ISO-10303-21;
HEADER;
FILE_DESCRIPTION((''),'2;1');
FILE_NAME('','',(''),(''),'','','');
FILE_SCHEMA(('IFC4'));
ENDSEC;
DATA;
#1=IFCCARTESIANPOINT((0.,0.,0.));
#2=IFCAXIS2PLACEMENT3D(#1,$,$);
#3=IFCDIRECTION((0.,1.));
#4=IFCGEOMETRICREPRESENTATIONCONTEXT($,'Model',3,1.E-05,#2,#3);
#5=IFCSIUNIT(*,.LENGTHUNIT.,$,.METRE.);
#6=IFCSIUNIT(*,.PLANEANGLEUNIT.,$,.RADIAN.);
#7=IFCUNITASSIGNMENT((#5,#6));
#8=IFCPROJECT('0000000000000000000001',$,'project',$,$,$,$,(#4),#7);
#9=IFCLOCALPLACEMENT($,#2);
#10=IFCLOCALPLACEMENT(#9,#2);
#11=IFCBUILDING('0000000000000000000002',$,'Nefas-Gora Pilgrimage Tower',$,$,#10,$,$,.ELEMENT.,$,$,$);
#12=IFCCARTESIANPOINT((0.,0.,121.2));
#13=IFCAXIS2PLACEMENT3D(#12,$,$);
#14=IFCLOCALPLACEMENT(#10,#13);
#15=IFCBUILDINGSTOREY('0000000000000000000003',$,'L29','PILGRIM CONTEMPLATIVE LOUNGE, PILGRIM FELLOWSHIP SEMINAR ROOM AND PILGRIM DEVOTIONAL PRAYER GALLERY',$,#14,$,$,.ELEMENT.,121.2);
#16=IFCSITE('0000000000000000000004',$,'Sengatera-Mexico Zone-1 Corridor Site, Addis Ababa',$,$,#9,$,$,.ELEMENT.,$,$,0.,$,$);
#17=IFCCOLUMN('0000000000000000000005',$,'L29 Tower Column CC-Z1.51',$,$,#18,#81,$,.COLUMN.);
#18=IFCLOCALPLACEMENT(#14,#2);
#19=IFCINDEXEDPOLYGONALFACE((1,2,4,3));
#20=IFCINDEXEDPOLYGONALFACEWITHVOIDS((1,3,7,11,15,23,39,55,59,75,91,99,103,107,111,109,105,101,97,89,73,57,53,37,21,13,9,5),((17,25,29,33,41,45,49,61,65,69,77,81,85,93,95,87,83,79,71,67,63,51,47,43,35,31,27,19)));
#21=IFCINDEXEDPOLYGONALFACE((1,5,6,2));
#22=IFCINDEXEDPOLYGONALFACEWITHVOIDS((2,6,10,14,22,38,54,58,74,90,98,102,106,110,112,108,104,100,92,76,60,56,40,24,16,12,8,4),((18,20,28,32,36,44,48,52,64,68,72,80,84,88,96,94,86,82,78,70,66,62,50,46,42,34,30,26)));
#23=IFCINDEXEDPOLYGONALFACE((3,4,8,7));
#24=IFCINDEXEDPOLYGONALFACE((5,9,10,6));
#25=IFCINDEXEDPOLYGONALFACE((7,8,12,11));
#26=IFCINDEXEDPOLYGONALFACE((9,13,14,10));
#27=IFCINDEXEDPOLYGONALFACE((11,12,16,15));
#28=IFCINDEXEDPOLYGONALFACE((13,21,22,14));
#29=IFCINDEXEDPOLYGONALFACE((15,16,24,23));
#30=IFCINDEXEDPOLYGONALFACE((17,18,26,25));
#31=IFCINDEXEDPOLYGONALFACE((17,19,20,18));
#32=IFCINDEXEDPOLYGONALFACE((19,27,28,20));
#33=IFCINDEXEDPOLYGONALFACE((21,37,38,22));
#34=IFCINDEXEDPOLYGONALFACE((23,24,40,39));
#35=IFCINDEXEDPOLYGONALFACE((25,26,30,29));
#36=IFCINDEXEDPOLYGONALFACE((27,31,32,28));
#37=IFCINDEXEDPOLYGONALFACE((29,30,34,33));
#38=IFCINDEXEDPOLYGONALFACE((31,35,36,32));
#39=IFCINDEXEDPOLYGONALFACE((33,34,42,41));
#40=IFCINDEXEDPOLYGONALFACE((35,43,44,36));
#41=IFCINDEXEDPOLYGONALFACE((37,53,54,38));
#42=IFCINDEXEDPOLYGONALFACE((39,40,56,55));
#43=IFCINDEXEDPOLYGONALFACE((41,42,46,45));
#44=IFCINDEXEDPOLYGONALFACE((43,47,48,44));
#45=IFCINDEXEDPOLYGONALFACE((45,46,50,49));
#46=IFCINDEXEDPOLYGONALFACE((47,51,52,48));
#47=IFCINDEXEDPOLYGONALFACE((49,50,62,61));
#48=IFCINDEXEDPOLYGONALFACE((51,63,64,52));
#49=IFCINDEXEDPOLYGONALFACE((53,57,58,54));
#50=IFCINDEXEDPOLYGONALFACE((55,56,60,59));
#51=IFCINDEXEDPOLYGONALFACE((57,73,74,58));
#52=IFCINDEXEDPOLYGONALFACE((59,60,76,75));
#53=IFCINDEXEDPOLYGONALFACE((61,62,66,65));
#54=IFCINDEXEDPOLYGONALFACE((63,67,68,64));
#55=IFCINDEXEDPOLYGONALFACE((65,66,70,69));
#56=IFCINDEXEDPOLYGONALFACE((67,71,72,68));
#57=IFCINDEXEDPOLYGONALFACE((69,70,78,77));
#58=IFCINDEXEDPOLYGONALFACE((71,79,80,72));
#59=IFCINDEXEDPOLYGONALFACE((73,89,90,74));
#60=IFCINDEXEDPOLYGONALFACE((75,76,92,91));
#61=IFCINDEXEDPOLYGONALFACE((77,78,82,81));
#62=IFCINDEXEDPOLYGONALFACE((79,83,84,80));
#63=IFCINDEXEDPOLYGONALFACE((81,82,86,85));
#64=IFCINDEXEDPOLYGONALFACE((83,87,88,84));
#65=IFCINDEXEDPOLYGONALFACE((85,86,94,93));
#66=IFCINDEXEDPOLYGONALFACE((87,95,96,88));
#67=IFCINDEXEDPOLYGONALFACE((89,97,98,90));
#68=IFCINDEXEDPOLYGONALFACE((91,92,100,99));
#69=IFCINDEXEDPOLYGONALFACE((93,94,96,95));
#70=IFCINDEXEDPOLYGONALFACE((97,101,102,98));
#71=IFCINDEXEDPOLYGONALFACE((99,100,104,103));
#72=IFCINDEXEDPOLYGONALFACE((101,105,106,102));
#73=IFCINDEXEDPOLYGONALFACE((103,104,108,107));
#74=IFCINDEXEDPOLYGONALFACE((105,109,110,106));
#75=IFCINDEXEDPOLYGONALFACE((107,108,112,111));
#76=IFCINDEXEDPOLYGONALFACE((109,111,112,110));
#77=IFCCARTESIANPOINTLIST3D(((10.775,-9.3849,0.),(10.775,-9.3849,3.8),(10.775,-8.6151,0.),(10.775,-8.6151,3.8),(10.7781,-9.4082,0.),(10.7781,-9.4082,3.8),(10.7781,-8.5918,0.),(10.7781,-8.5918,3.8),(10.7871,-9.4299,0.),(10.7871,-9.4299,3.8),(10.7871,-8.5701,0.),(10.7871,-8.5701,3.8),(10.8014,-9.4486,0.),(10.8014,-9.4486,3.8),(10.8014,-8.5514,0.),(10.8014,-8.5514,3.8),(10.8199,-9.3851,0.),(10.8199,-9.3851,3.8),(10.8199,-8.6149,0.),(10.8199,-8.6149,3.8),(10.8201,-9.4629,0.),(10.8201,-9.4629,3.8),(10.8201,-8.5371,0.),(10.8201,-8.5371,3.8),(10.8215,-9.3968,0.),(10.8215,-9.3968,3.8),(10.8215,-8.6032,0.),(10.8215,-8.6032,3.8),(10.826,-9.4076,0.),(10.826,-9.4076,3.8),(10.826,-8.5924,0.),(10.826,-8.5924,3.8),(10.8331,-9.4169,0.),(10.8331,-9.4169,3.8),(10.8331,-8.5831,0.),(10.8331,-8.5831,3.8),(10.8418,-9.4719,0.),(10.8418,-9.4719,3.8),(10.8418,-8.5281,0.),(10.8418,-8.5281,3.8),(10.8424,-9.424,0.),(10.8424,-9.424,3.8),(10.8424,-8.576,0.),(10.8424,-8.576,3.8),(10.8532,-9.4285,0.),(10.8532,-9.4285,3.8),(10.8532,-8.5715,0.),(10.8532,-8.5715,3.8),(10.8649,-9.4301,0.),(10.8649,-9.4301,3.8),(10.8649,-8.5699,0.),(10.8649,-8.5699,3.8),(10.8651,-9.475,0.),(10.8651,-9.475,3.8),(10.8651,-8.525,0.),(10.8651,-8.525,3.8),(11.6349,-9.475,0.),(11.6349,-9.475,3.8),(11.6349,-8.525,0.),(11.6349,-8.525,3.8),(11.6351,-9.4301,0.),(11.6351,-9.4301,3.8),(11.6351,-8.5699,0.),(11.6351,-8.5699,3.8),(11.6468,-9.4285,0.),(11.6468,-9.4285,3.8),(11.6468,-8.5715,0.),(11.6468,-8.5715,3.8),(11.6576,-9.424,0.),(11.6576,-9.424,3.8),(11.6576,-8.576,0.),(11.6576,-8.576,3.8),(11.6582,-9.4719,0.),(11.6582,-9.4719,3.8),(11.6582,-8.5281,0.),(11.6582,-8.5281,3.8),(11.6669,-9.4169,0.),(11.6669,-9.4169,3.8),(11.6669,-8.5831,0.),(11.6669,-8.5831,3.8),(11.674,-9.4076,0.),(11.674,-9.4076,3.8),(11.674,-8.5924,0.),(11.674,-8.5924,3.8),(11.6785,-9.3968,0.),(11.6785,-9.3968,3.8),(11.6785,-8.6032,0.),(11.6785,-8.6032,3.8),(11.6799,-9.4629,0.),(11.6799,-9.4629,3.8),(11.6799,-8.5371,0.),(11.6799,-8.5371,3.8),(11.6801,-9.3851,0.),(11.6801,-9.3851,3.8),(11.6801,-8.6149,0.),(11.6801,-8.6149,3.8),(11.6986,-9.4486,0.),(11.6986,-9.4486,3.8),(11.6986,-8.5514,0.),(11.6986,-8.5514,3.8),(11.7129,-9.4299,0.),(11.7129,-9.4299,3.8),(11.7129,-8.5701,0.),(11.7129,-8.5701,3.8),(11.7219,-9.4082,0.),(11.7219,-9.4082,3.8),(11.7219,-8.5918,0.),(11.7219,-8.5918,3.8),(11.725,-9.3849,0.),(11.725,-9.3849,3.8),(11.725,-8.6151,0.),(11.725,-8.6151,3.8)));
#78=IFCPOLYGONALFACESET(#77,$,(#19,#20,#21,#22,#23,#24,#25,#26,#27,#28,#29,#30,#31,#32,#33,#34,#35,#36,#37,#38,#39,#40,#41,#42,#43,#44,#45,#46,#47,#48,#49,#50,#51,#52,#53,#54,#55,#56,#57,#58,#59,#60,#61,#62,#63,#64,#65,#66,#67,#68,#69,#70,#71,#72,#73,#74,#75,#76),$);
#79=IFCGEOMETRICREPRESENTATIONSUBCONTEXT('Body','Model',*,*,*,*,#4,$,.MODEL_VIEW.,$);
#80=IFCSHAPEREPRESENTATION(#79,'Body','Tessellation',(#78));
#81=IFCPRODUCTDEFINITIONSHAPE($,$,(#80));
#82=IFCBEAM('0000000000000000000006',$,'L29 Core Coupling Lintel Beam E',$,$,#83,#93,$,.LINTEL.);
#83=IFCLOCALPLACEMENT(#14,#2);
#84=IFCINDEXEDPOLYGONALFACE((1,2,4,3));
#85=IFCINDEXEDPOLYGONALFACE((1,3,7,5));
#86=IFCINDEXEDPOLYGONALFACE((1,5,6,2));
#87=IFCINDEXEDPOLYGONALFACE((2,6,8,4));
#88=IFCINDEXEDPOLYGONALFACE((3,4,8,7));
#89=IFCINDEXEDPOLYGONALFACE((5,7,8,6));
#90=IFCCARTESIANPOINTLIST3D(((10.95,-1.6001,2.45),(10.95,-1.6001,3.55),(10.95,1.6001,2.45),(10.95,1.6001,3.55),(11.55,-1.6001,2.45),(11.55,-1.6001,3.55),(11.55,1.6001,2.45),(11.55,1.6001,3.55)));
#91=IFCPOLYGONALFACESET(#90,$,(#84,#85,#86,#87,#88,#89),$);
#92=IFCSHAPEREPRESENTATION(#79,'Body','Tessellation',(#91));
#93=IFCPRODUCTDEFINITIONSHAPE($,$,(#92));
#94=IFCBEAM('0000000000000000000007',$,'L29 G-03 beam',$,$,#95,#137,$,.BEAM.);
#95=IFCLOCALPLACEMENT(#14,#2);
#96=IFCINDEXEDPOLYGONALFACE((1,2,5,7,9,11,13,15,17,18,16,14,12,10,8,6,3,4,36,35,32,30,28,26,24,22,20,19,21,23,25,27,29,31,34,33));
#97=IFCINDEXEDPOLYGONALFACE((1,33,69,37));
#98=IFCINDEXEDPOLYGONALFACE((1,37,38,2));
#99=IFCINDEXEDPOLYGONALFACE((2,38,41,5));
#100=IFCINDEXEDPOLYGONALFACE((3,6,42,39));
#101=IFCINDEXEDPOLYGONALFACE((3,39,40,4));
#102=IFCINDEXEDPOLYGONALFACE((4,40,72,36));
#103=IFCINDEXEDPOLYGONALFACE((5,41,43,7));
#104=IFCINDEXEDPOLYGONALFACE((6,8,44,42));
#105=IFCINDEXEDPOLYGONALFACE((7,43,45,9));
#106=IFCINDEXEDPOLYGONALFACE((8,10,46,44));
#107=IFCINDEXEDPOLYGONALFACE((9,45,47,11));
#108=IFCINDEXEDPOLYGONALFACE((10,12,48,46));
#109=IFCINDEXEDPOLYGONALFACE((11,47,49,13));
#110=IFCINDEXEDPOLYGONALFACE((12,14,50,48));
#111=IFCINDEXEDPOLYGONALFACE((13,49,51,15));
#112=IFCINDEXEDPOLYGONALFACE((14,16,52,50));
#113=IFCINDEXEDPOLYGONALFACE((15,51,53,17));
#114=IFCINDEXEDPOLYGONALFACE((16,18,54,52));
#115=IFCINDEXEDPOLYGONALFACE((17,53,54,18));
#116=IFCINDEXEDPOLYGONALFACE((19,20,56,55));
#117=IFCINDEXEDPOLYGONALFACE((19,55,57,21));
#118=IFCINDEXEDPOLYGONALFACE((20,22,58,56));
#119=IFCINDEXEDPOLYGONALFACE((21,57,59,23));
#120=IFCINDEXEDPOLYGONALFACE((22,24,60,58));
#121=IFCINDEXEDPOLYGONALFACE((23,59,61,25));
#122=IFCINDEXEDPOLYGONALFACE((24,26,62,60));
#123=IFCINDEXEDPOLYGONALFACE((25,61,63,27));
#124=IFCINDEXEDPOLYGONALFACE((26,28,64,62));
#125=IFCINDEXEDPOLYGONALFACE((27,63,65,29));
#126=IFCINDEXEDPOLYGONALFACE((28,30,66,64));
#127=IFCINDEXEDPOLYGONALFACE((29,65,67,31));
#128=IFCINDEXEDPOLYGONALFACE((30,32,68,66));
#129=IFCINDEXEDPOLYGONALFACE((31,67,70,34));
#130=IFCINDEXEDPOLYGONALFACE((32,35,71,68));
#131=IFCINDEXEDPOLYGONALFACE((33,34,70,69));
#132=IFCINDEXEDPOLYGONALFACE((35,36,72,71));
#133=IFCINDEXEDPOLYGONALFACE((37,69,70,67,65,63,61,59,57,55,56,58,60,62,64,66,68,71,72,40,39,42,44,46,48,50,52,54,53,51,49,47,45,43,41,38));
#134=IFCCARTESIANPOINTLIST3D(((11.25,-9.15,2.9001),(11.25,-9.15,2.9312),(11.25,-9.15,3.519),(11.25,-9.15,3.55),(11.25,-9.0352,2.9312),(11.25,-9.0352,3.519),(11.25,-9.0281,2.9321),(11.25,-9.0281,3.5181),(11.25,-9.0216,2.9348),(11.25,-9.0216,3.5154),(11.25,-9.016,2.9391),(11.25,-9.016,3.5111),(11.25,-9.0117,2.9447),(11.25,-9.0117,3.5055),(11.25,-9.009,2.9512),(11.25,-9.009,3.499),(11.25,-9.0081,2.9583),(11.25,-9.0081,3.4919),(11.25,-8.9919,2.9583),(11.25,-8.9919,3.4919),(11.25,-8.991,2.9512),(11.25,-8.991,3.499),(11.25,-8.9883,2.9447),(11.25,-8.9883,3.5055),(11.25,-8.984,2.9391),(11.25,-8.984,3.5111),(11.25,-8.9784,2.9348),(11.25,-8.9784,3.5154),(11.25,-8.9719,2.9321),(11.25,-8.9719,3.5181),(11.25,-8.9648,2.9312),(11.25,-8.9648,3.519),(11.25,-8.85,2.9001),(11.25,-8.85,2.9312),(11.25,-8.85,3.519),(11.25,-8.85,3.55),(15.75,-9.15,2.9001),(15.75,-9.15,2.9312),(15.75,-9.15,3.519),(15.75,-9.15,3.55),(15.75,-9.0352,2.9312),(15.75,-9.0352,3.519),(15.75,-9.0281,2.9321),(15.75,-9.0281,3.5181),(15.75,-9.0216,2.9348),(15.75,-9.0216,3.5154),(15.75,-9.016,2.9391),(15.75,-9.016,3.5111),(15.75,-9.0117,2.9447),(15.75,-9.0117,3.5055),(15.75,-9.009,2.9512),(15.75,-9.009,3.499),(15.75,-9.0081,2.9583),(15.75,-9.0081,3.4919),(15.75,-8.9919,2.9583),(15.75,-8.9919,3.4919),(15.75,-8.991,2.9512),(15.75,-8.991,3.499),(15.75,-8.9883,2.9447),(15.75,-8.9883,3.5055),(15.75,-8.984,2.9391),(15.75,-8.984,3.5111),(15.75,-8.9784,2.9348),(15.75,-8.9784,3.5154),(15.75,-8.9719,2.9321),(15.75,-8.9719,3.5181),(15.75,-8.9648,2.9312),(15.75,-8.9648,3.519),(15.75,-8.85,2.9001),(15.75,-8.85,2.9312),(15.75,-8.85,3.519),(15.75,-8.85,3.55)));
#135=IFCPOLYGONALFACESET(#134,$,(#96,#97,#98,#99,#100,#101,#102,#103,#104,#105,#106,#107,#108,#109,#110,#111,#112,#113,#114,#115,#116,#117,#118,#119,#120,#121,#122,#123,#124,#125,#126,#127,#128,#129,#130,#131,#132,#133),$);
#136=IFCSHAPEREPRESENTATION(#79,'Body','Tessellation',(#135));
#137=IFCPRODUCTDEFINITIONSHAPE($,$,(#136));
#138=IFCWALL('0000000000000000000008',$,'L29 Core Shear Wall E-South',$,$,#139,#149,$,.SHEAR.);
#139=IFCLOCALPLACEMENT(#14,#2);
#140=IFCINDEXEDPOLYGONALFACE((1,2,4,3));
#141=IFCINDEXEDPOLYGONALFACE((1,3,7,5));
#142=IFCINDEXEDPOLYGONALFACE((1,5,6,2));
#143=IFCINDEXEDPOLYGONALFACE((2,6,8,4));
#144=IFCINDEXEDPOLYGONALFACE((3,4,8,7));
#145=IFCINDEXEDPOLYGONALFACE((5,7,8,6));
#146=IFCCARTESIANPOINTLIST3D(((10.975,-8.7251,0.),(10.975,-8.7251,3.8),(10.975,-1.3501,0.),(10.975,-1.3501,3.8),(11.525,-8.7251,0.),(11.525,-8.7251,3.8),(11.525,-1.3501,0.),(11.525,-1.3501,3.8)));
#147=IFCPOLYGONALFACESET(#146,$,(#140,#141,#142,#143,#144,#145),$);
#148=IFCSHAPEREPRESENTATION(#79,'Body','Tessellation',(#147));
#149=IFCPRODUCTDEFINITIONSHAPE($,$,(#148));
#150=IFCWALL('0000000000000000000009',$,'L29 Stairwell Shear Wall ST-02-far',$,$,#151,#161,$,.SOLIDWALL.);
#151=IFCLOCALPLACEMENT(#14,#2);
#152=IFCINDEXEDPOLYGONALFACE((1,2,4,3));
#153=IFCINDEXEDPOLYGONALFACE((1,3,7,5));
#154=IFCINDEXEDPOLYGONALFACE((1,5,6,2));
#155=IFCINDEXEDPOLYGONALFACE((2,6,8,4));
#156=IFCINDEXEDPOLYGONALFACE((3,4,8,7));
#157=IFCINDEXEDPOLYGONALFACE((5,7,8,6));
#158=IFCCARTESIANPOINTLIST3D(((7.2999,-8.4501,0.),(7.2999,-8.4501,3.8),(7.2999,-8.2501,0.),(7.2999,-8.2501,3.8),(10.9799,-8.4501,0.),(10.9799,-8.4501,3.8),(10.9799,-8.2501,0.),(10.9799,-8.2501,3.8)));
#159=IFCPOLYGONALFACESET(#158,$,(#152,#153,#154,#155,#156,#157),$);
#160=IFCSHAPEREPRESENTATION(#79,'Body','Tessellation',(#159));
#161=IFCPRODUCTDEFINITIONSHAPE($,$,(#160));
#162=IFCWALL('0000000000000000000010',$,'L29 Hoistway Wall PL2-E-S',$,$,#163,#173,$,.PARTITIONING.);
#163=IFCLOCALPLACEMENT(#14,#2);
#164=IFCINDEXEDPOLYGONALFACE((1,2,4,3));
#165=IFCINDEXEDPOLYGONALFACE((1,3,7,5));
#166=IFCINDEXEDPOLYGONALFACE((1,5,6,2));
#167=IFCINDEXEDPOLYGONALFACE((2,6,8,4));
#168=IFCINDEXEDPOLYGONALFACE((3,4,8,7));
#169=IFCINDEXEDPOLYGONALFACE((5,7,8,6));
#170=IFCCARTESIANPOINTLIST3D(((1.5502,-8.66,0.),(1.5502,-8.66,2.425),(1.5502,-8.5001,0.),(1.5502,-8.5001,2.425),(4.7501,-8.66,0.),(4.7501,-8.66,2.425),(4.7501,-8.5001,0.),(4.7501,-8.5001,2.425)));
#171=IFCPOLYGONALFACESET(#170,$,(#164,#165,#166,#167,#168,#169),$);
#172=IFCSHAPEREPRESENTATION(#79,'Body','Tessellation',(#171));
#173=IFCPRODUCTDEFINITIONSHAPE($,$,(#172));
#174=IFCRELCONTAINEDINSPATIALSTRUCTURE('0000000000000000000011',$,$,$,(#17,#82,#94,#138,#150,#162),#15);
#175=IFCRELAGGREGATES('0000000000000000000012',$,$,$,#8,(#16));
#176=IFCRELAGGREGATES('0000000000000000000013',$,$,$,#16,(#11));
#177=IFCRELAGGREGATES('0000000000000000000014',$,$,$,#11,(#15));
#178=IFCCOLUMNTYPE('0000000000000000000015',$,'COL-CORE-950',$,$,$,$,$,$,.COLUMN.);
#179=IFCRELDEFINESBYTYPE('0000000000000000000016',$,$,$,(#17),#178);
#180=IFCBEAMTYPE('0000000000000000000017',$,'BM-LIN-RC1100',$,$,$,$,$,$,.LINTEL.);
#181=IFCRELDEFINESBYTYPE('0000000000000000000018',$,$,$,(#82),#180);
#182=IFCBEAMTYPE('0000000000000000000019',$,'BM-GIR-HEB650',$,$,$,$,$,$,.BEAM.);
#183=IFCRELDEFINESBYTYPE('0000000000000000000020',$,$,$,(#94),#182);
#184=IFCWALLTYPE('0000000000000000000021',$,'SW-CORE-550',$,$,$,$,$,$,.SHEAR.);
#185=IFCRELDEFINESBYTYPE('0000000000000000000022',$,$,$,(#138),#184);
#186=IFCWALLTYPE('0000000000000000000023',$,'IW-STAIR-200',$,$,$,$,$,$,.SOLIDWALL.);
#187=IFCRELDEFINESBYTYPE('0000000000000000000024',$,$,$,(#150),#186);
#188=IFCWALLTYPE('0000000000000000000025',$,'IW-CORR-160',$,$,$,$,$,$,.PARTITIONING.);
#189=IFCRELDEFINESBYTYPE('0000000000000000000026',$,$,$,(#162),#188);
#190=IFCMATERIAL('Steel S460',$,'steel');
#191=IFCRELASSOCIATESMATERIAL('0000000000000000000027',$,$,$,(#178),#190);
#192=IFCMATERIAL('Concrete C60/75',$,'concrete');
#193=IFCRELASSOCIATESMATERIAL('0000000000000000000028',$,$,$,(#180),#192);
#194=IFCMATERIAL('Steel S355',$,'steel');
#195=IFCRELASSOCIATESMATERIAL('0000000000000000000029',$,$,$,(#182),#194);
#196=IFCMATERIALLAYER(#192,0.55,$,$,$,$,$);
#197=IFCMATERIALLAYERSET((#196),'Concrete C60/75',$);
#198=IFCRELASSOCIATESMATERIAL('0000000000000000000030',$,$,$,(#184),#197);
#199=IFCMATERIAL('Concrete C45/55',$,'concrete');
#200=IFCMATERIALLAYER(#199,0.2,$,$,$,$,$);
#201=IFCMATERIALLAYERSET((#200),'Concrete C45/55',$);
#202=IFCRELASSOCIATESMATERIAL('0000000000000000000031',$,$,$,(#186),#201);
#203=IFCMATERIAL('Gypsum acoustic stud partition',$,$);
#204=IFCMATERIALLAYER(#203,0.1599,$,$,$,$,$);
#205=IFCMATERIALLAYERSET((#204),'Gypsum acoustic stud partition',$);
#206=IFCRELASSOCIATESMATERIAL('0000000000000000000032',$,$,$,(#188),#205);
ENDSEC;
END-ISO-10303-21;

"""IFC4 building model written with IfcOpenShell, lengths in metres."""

from ifc_helpers import new_model, si_unit, direction, frame, frame_2d, origin, origin_2d, place, context, subcontext, project, spatial, rectangle, hollow_rectangle, i_section, extrude, source, transform, mapped, material, layer, layer_set, material_profile, profile_set, type_object, element, save


model = new_model("IFC4")

# Units and contexts
model_context = context("Model", 3, precision=1e-05, world=origin(), true_north=direction((0.0, 1.0)))
body_context = subcontext(model_context, "Body", "Model", "MODEL_VIEW")
ifc_project = project(units=[si_unit("LENGTHUNIT", "METRE"), si_unit("PLANEANGLEUNIT", "RADIAN")], contexts=[model_context])

# Site, building, storey
site_placement = place(None, origin())
site = spatial("IfcSite", under=ifc_project, at=site_placement, Name="Sengatera-Mexico Zone-1 Corridor Site, Addis Ababa", CompositionType="ELEMENT", RefElevation=0.0)
building_placement = place(site_placement, origin())
building = spatial("IfcBuilding", under=site, at=building_placement, Name="Nefas-Gora Pilgrimage Tower", CompositionType="ELEMENT")
storey_placement = place(building_placement, frame((0.0, 0.0, 121.2)))
storey = spatial("IfcBuildingStorey", under=building, at=storey_placement, Name="L29", Description="PILGRIM CONTEMPLATIVE LOUNGE, PILGRIM FELLOWSHIP SEMINAR ROOM AND PILGRIM DEVOTIONAL PRAYER GALLERY", CompositionType="ELEMENT", Elevation=121.2)

# Column
ifc_material_1 = material(Name="Steel S460", Category="steel")
ifc_material_profile_1 = material_profile(ifc_material_1, hollow_rectangle(XDim=0.95, YDim=0.95, WallThickness=0.0449, InnerFilletRadius=0.0449, OuterFilletRadius=0.0901, at=origin_2d()), Name="BOX 950x950x45")
ifc_profile_set_1 = profile_set([ifc_material_profile_1], Name="Steel S460")
column_type = type_object("IfcColumnType", Name="COL-CORE-950", PredefinedType="COLUMN", material=ifc_profile_set_1)
shared_shape_1 = source(origin(), body_context, "Body", "SweptSolid", [
    extrude(hollow_rectangle(XDim=0.95, YDim=0.95, WallThickness=0.0449, InnerFilletRadius=0.0449, OuterFilletRadius=0.0901, at=origin_2d()), origin(), (0.0, 0.0, 1.0), 3.8),
])
column_placement = place(storey_placement, frame((11.25, -9.0, 0.0), z_axis=(0.0, 0.0, 1.0), x_axis=(1.0, 0.0, 0.0)))
element("IfcColumn", 1, at=column_placement, inside=storey, type_object=column_type, Name="L29 Tower Column CC-Z1.51", PredefinedType="COLUMN", context=body_context, shape_type="MappedRepresentation", body=[
    mapped(shared_shape_1, transform((0.0, 0.0, 0.0), x_axis=(1.0, 0.0, 0.0), y_axis=(0.0, 1.0, 0.0), z_axis=(0.0, 0.0, 1.0), scale=1.0)),
])

# Beams
ifc_material_2 = material(Name="Concrete C60/75", Category="concrete")
ifc_material_profile_2 = material_profile(ifc_material_2, rectangle(XDim=0.6001, YDim=1.1001, at=origin_2d()), Name="RC 600x1100")
ifc_profile_set_2 = profile_set([ifc_material_profile_2], Name="Concrete C60/75")
beam_type_1 = type_object("IfcBeamType", Name="BM-LIN-RC1100", PredefinedType="LINTEL", material=ifc_profile_set_2)
shared_shape_2 = source(origin(), body_context, "Body", "SweptSolid", [
    extrude(rectangle(XDim=0.6001, YDim=1.1001, at=origin_2d()), origin(), (0.0, 0.0, 1.0), 3.2002),
])
beam_1_placement = place(storey_placement, frame((11.25, -1.6001, 3.0), z_axis=(0.0, 1.0, 0.0), x_axis=(-1.0, 0.0, 0.0)))
element("IfcBeam", 2, at=beam_1_placement, inside=storey, type_object=beam_type_1, Name="L29 Core Coupling Lintel Beam E", PredefinedType="LINTEL", context=body_context, shape_type="MappedRepresentation", body=[
    mapped(shared_shape_2, transform((0.0, 0.0, 0.0), x_axis=(1.0, 0.0, 0.0), y_axis=(0.0, 1.0, 0.0), z_axis=(0.0, 0.0, 1.0), scale=1.0)),
])
ifc_material_3 = material(Name="Steel S355", Category="steel")
ifc_material_profile_3 = material_profile(ifc_material_3, i_section(OverallWidth=0.3, OverallDepth=0.6499, WebThickness=0.0161, FlangeThickness=0.031, FilletRadius=0.0271, at=origin_2d()), Name="HEB 650")
ifc_profile_set_3 = profile_set([ifc_material_profile_3], Name="Steel S355")
beam_type_2 = type_object("IfcBeamType", Name="BM-GIR-HEB650", PredefinedType="BEAM", material=ifc_profile_set_3)
shared_shape_3 = source(origin(), body_context, "Body", "SweptSolid", [
    extrude(i_section(OverallWidth=0.3, OverallDepth=0.6499, WebThickness=0.0161, FlangeThickness=0.031, FilletRadius=0.0271, at=origin_2d()), origin(), (0.0, 0.0, 1.0), 4.5),
])
beam_2_placement = place(storey_placement, frame((11.25, -9.0, 3.2251), z_axis=(1.0, 0.0, 0.0), x_axis=(0.0, 1.0, 0.0)))
element("IfcBeam", 3, at=beam_2_placement, inside=storey, type_object=beam_type_2, Name="L29 G-03 beam", PredefinedType="BEAM", context=body_context, shape_type="MappedRepresentation", body=[
    mapped(shared_shape_3, transform((0.0, 0.0, 0.0), x_axis=(1.0, 0.0, 0.0), y_axis=(0.0, 1.0, 0.0), z_axis=(0.0, 0.0, 1.0), scale=1.0)),
])

# Walls
ifc_layer_1 = layer(ifc_material_2, 0.55)
ifc_layer_set_1 = layer_set([ifc_layer_1], Name="Concrete C60/75")
wall_type_1 = type_object("IfcWallType", Name="SW-CORE-550", PredefinedType="SHEAR", material=ifc_layer_set_1)
shared_shape_4 = source(origin(), body_context, "Body", "SweptSolid", [
    extrude(rectangle(XDim=7.375, YDim=0.55, at=frame_2d((3.6875, 0.0))), origin(), (0.0, 0.0, 1.0), 3.8),
])
wall_1_placement = place(storey_placement, frame((11.25, -8.7251, 0.0), z_axis=(0.0, 0.0, 1.0), x_axis=(0.0, 1.0, 0.0)))
element("IfcWall", 4, at=wall_1_placement, inside=storey, type_object=wall_type_1, Name="L29 Core Shear Wall E-South", PredefinedType="SHEAR", context=body_context, shape_type="MappedRepresentation", body=[
    mapped(shared_shape_4, transform((0.0, 0.0, 0.0), x_axis=(1.0, 0.0, 0.0), y_axis=(0.0, 1.0, 0.0), z_axis=(0.0, 0.0, 1.0), scale=1.0)),
])
ifc_material_4 = material(Name="Concrete C45/55", Category="concrete")
ifc_layer_2 = layer(ifc_material_4, 0.2)
ifc_layer_set_2 = layer_set([ifc_layer_2], Name="Concrete C45/55")
wall_type_2 = type_object("IfcWallType", Name="IW-STAIR-200", PredefinedType="SOLIDWALL", material=ifc_layer_set_2)
shared_shape_5 = source(origin(), body_context, "Body", "SweptSolid", [
    extrude(rectangle(XDim=3.6799, YDim=0.2, at=frame_2d((1.8398, 0.0))), origin(), (0.0, 0.0, 1.0), 3.8),
])
wall_2_placement = place(storey_placement, frame((7.3, -8.3501, 0.0), z_axis=(0.0, 0.0, 1.0), x_axis=(1.0, 0.0, 0.0)))
element("IfcWall", 5, at=wall_2_placement, inside=storey, type_object=wall_type_2, Name="L29 Stairwell Shear Wall ST-02-far", PredefinedType="SOLIDWALL", context=body_context, shape_type="MappedRepresentation", body=[
    mapped(shared_shape_5, transform((0.0, 0.0, 0.0), x_axis=(1.0, 0.0, 0.0), y_axis=(0.0, 1.0, 0.0), z_axis=(0.0, 0.0, 1.0), scale=1.0)),
])
ifc_material_5 = material(Name="Gypsum acoustic stud partition")
ifc_layer_3 = layer(ifc_material_5, 0.1599)
ifc_layer_set_3 = layer_set([ifc_layer_3], Name="Gypsum acoustic stud partition")
wall_type_3 = type_object("IfcWallType", Name="IW-CORR-160", PredefinedType="PARTITIONING", material=ifc_layer_set_3)
shared_shape_6 = source(origin(), body_context, "Body", "SweptSolid", [
    extrude(rectangle(XDim=3.2, YDim=0.1599, at=frame_2d((1.6001, 0.0))), origin(), (0.0, 0.0, 1.0), 2.425),
])
wall_3_placement = place(storey_placement, frame((1.55, -8.5801, 0.0), z_axis=(0.0, 0.0, 1.0), x_axis=(1.0, 0.0, 0.0)))
element("IfcWall", 6, at=wall_3_placement, inside=storey, type_object=wall_type_3, Name="L29 Hoistway Wall PL2-E-S", PredefinedType="PARTITIONING", context=body_context, shape_type="MappedRepresentation", body=[
    mapped(shared_shape_6, transform((0.0, 0.0, 0.0), x_axis=(1.0, 0.0, 0.0), y_axis=(0.0, 1.0, 0.0), z_axis=(0.0, 0.0, 1.0), scale=1.0)),
])

save(model, "model.ifc")
